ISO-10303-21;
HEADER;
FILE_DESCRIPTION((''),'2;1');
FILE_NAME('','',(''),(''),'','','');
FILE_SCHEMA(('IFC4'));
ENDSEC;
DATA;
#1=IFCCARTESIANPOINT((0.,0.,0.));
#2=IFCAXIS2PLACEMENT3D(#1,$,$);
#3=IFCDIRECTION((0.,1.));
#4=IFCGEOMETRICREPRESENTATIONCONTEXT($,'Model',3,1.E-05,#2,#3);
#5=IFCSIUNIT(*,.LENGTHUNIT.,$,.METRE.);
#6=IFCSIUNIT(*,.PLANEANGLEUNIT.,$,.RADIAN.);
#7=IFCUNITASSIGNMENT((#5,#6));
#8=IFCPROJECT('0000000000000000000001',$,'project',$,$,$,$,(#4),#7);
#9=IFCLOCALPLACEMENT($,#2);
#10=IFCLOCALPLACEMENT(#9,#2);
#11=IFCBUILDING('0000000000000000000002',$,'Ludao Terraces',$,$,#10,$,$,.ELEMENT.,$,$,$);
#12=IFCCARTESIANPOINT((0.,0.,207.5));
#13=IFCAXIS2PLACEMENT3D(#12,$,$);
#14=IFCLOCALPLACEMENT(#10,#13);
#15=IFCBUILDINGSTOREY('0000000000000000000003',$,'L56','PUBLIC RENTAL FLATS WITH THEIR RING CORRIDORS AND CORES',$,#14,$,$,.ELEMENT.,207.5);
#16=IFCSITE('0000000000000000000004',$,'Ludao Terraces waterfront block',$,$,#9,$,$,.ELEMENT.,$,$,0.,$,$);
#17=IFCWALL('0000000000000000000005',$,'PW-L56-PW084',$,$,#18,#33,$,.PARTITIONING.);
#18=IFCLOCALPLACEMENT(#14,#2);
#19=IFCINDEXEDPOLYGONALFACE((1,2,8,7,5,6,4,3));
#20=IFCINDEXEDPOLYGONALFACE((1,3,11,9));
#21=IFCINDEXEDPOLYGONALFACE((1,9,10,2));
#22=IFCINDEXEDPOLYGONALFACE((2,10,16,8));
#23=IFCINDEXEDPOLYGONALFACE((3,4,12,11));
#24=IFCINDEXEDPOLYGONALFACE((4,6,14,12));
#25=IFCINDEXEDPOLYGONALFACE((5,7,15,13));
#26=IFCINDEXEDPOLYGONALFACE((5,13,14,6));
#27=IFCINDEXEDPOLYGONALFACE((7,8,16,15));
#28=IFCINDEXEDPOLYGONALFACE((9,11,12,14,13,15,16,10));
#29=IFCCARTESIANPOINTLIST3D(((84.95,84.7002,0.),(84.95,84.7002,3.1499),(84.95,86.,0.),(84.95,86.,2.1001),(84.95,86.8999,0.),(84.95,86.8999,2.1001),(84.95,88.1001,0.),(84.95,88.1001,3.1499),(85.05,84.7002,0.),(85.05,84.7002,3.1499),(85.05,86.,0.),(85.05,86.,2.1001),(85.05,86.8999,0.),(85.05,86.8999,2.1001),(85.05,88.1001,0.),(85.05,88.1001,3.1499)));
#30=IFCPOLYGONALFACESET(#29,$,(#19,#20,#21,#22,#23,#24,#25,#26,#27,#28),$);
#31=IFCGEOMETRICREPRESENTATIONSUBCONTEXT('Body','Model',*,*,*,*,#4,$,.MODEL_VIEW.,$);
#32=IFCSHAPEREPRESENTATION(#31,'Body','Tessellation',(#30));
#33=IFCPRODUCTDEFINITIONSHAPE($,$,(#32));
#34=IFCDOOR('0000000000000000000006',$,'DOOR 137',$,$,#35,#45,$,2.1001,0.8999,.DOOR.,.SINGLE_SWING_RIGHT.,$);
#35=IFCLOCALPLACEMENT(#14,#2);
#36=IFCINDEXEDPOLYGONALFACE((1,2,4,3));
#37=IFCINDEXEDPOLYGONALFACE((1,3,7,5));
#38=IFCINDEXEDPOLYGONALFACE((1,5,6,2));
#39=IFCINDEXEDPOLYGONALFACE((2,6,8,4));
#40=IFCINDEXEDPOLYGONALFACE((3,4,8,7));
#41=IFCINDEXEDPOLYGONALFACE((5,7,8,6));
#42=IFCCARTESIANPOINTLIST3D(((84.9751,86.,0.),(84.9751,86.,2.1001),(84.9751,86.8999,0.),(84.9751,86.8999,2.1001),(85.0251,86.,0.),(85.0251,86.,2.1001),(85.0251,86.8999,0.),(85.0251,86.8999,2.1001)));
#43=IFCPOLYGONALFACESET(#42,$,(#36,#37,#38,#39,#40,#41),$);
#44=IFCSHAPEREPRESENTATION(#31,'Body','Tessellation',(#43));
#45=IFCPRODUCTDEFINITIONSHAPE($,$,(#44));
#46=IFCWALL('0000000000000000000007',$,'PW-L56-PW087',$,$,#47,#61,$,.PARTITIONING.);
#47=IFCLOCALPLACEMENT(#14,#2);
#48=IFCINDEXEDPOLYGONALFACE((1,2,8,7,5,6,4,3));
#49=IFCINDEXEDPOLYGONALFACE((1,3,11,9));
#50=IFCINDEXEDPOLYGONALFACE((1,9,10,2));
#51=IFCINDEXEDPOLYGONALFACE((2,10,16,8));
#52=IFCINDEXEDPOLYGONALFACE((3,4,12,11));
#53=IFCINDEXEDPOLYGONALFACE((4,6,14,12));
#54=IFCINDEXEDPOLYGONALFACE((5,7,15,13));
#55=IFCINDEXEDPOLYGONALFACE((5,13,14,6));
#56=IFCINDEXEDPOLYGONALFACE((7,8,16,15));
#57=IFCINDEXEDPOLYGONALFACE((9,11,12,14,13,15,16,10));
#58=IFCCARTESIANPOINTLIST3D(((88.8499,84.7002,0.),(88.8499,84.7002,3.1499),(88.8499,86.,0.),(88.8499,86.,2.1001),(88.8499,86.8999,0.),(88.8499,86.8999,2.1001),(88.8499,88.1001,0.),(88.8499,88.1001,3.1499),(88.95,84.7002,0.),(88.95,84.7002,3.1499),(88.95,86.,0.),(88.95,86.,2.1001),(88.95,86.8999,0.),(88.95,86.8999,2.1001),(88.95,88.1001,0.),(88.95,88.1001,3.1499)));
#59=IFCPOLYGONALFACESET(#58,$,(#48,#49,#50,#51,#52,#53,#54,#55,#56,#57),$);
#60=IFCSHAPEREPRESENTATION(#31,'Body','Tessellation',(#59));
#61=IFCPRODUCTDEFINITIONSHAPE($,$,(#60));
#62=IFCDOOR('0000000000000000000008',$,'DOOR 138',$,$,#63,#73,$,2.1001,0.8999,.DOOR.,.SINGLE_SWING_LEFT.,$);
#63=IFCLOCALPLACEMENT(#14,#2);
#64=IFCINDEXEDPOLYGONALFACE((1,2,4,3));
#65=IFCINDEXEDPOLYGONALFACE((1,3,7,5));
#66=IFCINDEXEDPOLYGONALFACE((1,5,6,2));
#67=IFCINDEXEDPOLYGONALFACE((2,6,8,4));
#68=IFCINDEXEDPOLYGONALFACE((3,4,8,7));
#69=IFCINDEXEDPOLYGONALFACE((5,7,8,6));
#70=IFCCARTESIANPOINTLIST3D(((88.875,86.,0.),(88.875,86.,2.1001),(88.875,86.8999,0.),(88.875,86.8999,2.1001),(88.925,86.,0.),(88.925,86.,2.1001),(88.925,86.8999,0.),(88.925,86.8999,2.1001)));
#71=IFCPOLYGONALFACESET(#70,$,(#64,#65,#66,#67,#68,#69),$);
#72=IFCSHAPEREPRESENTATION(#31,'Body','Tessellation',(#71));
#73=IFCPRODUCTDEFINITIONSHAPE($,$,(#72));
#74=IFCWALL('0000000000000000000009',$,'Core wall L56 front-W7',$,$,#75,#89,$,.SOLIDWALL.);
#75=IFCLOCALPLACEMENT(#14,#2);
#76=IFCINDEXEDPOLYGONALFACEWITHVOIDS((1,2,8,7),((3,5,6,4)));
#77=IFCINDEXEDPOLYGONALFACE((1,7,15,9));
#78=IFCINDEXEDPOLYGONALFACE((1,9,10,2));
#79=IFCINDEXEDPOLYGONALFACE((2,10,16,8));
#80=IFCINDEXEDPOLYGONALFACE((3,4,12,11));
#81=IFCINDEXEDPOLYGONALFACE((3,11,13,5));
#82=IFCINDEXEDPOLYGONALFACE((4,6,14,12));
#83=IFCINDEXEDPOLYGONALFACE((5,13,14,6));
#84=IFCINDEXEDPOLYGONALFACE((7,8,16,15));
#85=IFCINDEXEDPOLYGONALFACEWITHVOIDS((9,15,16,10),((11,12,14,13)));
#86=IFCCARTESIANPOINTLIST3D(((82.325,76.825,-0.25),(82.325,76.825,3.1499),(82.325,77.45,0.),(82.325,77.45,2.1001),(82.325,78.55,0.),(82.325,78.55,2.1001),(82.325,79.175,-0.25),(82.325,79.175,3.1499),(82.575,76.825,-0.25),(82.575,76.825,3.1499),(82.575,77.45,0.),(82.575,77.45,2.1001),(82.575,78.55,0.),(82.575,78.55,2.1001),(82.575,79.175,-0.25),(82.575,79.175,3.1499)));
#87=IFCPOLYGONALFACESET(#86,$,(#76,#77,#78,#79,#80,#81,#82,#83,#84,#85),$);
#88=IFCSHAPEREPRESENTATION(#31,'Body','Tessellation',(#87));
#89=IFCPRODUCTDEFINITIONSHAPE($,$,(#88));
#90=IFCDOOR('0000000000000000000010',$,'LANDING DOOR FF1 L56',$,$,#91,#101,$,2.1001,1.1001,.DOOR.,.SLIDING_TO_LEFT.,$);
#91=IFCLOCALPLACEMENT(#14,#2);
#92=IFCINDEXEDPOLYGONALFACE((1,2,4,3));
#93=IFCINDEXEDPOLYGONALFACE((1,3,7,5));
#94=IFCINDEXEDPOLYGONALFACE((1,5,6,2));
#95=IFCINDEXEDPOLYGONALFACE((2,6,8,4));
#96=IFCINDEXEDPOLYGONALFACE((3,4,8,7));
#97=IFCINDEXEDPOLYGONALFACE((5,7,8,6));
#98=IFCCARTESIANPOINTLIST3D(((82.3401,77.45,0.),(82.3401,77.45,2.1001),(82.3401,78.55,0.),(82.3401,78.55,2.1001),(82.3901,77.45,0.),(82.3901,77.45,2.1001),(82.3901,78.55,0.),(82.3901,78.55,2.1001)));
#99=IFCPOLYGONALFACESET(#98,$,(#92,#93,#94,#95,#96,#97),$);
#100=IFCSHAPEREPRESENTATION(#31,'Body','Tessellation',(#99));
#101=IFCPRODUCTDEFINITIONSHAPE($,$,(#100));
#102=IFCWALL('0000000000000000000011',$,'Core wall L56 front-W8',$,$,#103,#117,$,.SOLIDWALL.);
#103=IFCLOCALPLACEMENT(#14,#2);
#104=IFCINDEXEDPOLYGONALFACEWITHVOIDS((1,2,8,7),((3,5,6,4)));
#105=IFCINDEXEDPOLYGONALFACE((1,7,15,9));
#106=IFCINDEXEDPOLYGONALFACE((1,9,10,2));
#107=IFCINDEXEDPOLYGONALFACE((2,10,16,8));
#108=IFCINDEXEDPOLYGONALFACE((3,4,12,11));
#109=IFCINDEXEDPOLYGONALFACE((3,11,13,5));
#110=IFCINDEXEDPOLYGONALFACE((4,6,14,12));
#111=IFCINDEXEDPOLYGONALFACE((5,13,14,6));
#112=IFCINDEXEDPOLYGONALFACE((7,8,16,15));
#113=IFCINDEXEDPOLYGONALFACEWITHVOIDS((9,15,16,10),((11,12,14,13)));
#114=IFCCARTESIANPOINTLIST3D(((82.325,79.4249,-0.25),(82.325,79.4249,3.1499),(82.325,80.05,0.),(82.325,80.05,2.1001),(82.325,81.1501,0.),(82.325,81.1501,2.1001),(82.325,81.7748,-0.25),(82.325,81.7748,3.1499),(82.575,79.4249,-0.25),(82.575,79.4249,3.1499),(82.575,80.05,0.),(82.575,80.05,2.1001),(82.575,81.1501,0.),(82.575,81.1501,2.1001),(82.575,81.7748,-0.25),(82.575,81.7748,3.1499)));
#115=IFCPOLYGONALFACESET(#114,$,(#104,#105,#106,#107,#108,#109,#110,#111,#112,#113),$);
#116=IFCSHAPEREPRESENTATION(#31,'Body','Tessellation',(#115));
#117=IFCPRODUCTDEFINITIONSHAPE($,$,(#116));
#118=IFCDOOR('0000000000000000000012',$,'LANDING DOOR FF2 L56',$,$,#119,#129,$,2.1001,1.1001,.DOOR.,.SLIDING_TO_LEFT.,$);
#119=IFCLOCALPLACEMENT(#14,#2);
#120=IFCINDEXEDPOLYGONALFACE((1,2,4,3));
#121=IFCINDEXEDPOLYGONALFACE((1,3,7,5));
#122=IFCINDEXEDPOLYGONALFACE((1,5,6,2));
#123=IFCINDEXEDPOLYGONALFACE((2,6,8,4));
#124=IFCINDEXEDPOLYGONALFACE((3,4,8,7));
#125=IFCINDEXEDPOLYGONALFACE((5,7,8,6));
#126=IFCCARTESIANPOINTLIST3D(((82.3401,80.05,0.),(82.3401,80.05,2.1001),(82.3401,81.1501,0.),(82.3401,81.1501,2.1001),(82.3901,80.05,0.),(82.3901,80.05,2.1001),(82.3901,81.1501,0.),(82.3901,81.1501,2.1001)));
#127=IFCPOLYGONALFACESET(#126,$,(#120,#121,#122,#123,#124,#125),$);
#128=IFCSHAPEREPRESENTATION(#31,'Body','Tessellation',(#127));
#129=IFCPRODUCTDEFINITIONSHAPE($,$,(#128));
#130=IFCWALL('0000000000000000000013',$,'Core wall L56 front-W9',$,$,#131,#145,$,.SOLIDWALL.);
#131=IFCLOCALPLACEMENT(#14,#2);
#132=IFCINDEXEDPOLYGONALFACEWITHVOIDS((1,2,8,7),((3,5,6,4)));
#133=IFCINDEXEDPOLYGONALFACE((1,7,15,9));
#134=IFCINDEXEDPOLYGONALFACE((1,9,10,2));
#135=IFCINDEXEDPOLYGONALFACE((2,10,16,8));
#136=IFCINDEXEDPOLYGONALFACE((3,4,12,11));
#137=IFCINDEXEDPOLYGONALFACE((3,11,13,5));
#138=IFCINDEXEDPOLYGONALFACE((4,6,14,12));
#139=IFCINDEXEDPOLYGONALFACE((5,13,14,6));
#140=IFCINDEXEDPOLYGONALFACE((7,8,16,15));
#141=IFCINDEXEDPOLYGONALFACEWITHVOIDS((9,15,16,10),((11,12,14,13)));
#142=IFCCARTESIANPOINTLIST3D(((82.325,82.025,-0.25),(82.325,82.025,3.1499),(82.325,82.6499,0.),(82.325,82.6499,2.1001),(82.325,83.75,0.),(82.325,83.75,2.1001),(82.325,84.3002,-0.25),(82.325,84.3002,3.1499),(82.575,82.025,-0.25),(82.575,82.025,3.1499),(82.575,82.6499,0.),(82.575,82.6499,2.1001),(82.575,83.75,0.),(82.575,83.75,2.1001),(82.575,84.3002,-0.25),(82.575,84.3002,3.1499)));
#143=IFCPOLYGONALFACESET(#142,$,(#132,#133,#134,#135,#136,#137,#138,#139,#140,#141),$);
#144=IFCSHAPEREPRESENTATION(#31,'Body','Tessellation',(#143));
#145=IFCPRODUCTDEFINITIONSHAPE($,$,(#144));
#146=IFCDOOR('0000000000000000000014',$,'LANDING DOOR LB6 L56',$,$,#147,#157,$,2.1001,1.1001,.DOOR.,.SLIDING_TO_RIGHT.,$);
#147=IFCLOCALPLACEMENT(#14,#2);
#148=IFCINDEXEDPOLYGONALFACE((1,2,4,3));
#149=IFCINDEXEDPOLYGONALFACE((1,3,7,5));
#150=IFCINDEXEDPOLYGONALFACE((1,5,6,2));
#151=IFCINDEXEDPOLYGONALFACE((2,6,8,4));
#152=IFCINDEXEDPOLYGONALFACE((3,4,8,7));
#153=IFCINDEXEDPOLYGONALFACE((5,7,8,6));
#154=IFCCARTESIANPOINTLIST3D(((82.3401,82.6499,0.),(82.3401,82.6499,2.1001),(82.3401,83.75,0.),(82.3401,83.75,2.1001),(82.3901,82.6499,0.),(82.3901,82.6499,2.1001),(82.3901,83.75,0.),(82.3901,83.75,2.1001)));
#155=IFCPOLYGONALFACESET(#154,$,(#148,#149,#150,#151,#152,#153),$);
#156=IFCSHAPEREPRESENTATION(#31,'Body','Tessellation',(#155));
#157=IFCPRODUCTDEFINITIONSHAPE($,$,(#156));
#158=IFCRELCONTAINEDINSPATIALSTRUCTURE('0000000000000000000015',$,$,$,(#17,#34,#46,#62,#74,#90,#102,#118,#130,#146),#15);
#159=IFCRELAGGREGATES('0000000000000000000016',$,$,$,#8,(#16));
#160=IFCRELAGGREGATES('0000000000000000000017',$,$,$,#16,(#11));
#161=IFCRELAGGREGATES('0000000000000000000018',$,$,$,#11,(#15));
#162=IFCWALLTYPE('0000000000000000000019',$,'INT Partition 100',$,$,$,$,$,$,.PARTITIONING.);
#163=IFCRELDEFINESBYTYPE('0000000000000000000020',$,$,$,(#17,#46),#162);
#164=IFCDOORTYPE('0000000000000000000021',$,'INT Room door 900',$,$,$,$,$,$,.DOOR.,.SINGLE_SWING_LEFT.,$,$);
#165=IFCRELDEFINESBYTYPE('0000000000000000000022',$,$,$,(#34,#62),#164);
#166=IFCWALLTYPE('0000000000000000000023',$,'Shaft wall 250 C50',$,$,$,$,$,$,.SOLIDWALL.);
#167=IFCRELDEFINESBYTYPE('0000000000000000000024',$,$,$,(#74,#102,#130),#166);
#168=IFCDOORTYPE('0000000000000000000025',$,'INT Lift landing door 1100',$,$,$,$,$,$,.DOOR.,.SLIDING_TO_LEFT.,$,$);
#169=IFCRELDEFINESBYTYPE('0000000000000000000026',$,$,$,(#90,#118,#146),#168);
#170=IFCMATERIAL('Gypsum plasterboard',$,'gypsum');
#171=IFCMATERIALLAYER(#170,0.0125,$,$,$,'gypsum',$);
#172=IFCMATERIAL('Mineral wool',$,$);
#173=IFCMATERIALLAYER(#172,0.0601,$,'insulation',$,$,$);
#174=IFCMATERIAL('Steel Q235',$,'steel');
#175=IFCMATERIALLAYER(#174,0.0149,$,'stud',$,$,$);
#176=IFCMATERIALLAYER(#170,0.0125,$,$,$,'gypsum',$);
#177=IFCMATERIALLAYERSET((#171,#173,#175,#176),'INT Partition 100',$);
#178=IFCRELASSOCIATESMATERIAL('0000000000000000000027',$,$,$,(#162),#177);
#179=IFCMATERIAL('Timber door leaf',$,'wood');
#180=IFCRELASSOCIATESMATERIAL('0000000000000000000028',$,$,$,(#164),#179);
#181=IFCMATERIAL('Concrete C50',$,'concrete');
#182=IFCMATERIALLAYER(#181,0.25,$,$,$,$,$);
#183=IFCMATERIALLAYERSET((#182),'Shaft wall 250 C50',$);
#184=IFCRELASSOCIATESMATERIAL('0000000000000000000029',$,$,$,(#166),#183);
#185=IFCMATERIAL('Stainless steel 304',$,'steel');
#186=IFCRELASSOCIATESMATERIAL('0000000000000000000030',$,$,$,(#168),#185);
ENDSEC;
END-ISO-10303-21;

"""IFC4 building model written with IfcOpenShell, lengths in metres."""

from ifc_helpers import new_model, si_unit, direction, frame, frame_2d, origin, place, context, subcontext, project, spatial, rectangle, extrude, material, layer, layer_set, type_object, element, fill, save


model = new_model("IFC4")

# Units and contexts
model_context = context("Model", 3, precision=1e-05, world=origin(), true_north=direction((0.0, 1.0)))
body_context = subcontext(model_context, "Body", "Model", "MODEL_VIEW")
ifc_project = project(units=[si_unit("LENGTHUNIT", "METRE"), si_unit("PLANEANGLEUNIT", "RADIAN")], contexts=[model_context])

# Site, building, storey
site_placement = place(None, origin())
site = spatial("IfcSite", under=ifc_project, at=site_placement, Name="Ludao Terraces waterfront block", CompositionType="ELEMENT", RefElevation=0.0)
building_placement = place(site_placement, origin())
building = spatial("IfcBuilding", under=site, at=building_placement, Name="Ludao Terraces", CompositionType="ELEMENT")
storey_placement = place(building_placement, frame((0.0, 0.0, 207.5)))
storey = spatial("IfcBuildingStorey", under=building, at=storey_placement, Name="L56", Description="PUBLIC RENTAL FLATS WITH THEIR RING CORRIDORS AND CORES", CompositionType="ELEMENT", Elevation=207.5)

# Walls, openings, doors
ifc_material_1 = material(Name="Gypsum plasterboard", Category="gypsum")
ifc_layer_1 = layer(ifc_material_1, 0.0125, Category="gypsum")
ifc_material_2 = material(Name="Mineral wool")
ifc_layer_2 = layer(ifc_material_2, 0.0601, Name="insulation")
ifc_material_3 = material(Name="Steel Q235", Category="steel")
ifc_layer_3 = layer(ifc_material_3, 0.0149, Name="stud")
ifc_layer_4 = layer(ifc_material_1, 0.0125, Category="gypsum")
ifc_layer_set_1 = layer_set([ifc_layer_1, ifc_layer_2, ifc_layer_3, ifc_layer_4], Name="INT Partition 100")
wall_type_1 = type_object("IfcWallType", Name="INT Partition 100", PredefinedType="PARTITIONING", material=ifc_layer_set_1)
wall_1_placement = place(storey_placement, frame((85.0, 84.7002, 0.0), z_axis=(0.0, 0.0, 1.0), x_axis=(0.0, 1.0, 0.0)))
wall_1 = element("IfcWall", 1, at=wall_1_placement, inside=storey, type_object=wall_type_1, Name="PW-L56-PW084", PredefinedType="PARTITIONING", context=body_context, shape_type="SweptSolid", body=[
    extrude(rectangle(XDim=3.3999, YDim=0.1001, at=frame_2d((1.7, 0.0))), origin(), (0.0, 0.0, 1.0), 3.1499),
])
opening_1_placement = place(wall_1_placement, frame((1.2998, 0.0, 0.0)))
opening_1 = element("IfcOpeningElement", 2, at=opening_1_placement, cuts=wall_1, PredefinedType="OPENING", context=body_context, shape_type="SweptSolid", body=[
    extrude(rectangle(XDim=0.8999, YDim=2.1001, at=frame_2d((0.45, 1.05))), frame((0.0, 0.0601, 0.0), z_axis=(0.0, -1.0, 0.0), x_axis=(1.0, 0.0, 0.0)), (0.0, 0.0, 1.0), 0.1201),
])
ifc_material_4 = material(Name="Timber door leaf", Category="wood")
door_type_1 = type_object("IfcDoorType", Name="INT Room door 900", OperationType="SINGLE_SWING_LEFT", PredefinedType="DOOR", material=ifc_material_4)
door_1_placement = place(opening_1_placement, origin())
door_1 = element("IfcDoor", 3, at=door_1_placement, inside=storey, type_object=door_type_1, Name="DOOR 137", OperationType="SINGLE_SWING_RIGHT", OverallHeight=2.1001, OverallWidth=0.8999, PredefinedType="DOOR", context=body_context, shape_type="SweptSolid", body=[
    extrude(rectangle(XDim=0.8999, YDim=2.1001, at=frame_2d((0.45, 1.05))), frame((0.0, 0.0249, 0.0), z_axis=(0.0, -1.0, 0.0), x_axis=(1.0, 0.0, 0.0)), (0.0, 0.0, 1.0), 0.05),
])
fill(opening_1, door_1)
wall_2_placement = place(storey_placement, frame((88.8999, 84.7002, 0.0), z_axis=(0.0, 0.0, 1.0), x_axis=(0.0, 1.0, 0.0)))
wall_2 = element("IfcWall", 4, at=wall_2_placement, inside=storey, type_object=wall_type_1, Name="PW-L56-PW087", PredefinedType="PARTITIONING", context=body_context, shape_type="SweptSolid", body=[
    extrude(rectangle(XDim=3.3999, YDim=0.1001, at=frame_2d((1.7, 0.0))), origin(), (0.0, 0.0, 1.0), 3.1499),
])
opening_2_placement = place(wall_2_placement, frame((1.2998, 0.0, 0.0)))
opening_2 = element("IfcOpeningElement", 5, at=opening_2_placement, cuts=wall_2, PredefinedType="OPENING", context=body_context, shape_type="SweptSolid", body=[
    extrude(rectangle(XDim=0.8999, YDim=2.1001, at=frame_2d((0.45, 1.05))), frame((0.0, 0.0601, 0.0), z_axis=(0.0, -1.0, 0.0), x_axis=(1.0, 0.0, 0.0)), (0.0, 0.0, 1.0), 0.1201),
])
door_2_placement = place(opening_2_placement, origin())
door_2 = element("IfcDoor", 6, at=door_2_placement, inside=storey, type_object=door_type_1, Name="DOOR 138", OperationType="SINGLE_SWING_LEFT", OverallHeight=2.1001, OverallWidth=0.8999, PredefinedType="DOOR", context=body_context, shape_type="SweptSolid", body=[
    extrude(rectangle(XDim=0.8999, YDim=2.1001, at=frame_2d((0.45, 1.05))), frame((0.0, 0.0249, 0.0), z_axis=(0.0, -1.0, 0.0), x_axis=(1.0, 0.0, 0.0)), (0.0, 0.0, 1.0), 0.05),
])
fill(opening_2, door_2)
ifc_material_5 = material(Name="Concrete C50", Category="concrete")
ifc_layer_5 = layer(ifc_material_5, 0.25)
ifc_layer_set_2 = layer_set([ifc_layer_5], Name="Shaft wall 250 C50")
wall_type_2 = type_object("IfcWallType", Name="Shaft wall 250 C50", PredefinedType="SOLIDWALL", material=ifc_layer_set_2)
wall_3_placement = place(storey_placement, frame((82.45, 76.825, -0.25), z_axis=(0.0, 0.0, 1.0), x_axis=(0.0, 1.0, 0.0)))
wall_3 = element("IfcWall", 7, at=wall_3_placement, inside=storey, type_object=wall_type_2, Name="Core wall L56 front-W7", PredefinedType="SOLIDWALL", context=body_context, shape_type="SweptSolid", body=[
    extrude(rectangle(XDim=2.3501, YDim=0.25, at=frame_2d((1.175, 0.0))), origin(), (0.0, 0.0, 1.0), 3.3999),
])
opening_3_placement = place(wall_3_placement, frame((0.625, 0.0, 0.25)))
opening_3 = element("IfcOpeningElement", 8, at=opening_3_placement, cuts=wall_3, PredefinedType="OPENING", context=body_context, shape_type="SweptSolid", body=[
    extrude(rectangle(XDim=1.1001, YDim=2.1001, at=frame_2d((0.55, 1.05))), frame((0.0, 0.135, 0.0), z_axis=(0.0, -1.0, 0.0), x_axis=(1.0, 0.0, 0.0)), (0.0, 0.0, 1.0), 0.27),
])
ifc_material_6 = material(Name="Stainless steel 304", Category="steel")
door_type_2 = type_object("IfcDoorType", Name="INT Lift landing door 1100", OperationType="SLIDING_TO_LEFT", PredefinedType="DOOR", material=ifc_material_6)
door_3_placement = place(opening_3_placement, origin())
door_3 = element("IfcDoor", 9, at=door_3_placement, inside=storey, type_object=door_type_2, Name="LANDING DOOR FF1 L56", OperationType="SLIDING_TO_LEFT", OverallHeight=2.1001, OverallWidth=1.1001, PredefinedType="DOOR", context=body_context, shape_type="SweptSolid", body=[
    extrude(rectangle(XDim=1.1001, YDim=2.1001, at=frame_2d((0.55, 1.05))), frame((0.0, 0.1099, 0.0), z_axis=(0.0, -1.0, 0.0), x_axis=(1.0, 0.0, 0.0)), (0.0, 0.0, 1.0), 0.05),
])
fill(opening_3, door_3)
wall_4_placement = place(storey_placement, frame((82.45, 79.425, -0.25), z_axis=(0.0, 0.0, 1.0), x_axis=(0.0, 1.0, 0.0)))
wall_4 = element("IfcWall", 10, at=wall_4_placement, inside=storey, type_object=wall_type_2, Name="Core wall L56 front-W8", PredefinedType="SOLIDWALL", context=body_context, shape_type="SweptSolid", body=[
    extrude(rectangle(XDim=2.3499, YDim=0.25, at=frame_2d((1.1748, 0.0))), origin(), (0.0, 0.0, 1.0), 3.3999),
])
opening_4_placement = place(wall_4_placement, frame((0.625, 0.0, 0.25)))
opening_4 = element("IfcOpeningElement", 11, at=opening_4_placement, cuts=wall_4, PredefinedType="OPENING", context=body_context, shape_type="SweptSolid", body=[
    extrude(rectangle(XDim=1.1001, YDim=2.1001, at=frame_2d((0.55, 1.05))), frame((0.0, 0.135, 0.0), z_axis=(0.0, -1.0, 0.0), x_axis=(1.0, 0.0, 0.0)), (0.0, 0.0, 1.0), 0.27),
])
door_4_placement = place(opening_4_placement, origin())
door_4 = element("IfcDoor", 12, at=door_4_placement, inside=storey, type_object=door_type_2, Name="LANDING DOOR FF2 L56", OperationType="SLIDING_TO_LEFT", OverallHeight=2.1001, OverallWidth=1.1001, PredefinedType="DOOR", context=body_context, shape_type="SweptSolid", body=[
    extrude(rectangle(XDim=1.1001, YDim=2.1001, at=frame_2d((0.55, 1.05))), frame((0.0, 0.1099, 0.0), z_axis=(0.0, -1.0, 0.0), x_axis=(1.0, 0.0, 0.0)), (0.0, 0.0, 1.0), 0.05),
])
fill(opening_4, door_4)
wall_5_placement = place(storey_placement, frame((82.45, 82.0249, -0.25), z_axis=(0.0, 0.0, 1.0), x_axis=(0.0, 1.0, 0.0)))
wall_5 = element("IfcWall", 13, at=wall_5_placement, inside=storey, type_object=wall_type_2, Name="Core wall L56 front-W9", PredefinedType="SOLIDWALL", context=body_context, shape_type="SweptSolid", body=[
    extrude(rectangle(XDim=2.2751, YDim=0.25, at=frame_2d((1.1377, 0.0))), origin(), (0.0, 0.0, 1.0), 3.3999),
])
opening_5_placement = place(wall_5_placement, frame((0.625, 0.0, 0.25)))
opening_5 = element("IfcOpeningElement", 14, at=opening_5_placement, cuts=wall_5, PredefinedType="OPENING", context=body_context, shape_type="SweptSolid", body=[
    extrude(rectangle(XDim=1.1001, YDim=2.1001, at=frame_2d((0.55, 1.05))), frame((0.0, 0.135, 0.0), z_axis=(0.0, -1.0, 0.0), x_axis=(1.0, 0.0, 0.0)), (0.0, 0.0, 1.0), 0.27),
])
door_5_placement = place(opening_5_placement, origin())
door_5 = element("IfcDoor", 15, at=door_5_placement, inside=storey, type_object=door_type_2, Name="LANDING DOOR LB6 L56", OperationType="SLIDING_TO_RIGHT", OverallHeight=2.1001, OverallWidth=1.1001, PredefinedType="DOOR", context=body_context, shape_type="SweptSolid", body=[
    extrude(rectangle(XDim=1.1001, YDim=2.1001, at=frame_2d((0.55, 1.05))), frame((0.0, 0.1099, 0.0), z_axis=(0.0, -1.0, 0.0), x_axis=(1.0, 0.0, 0.0)), (0.0, 0.0, 1.0), 0.05),
])
fill(opening_5, door_5)

save(model, "model.ifc")
